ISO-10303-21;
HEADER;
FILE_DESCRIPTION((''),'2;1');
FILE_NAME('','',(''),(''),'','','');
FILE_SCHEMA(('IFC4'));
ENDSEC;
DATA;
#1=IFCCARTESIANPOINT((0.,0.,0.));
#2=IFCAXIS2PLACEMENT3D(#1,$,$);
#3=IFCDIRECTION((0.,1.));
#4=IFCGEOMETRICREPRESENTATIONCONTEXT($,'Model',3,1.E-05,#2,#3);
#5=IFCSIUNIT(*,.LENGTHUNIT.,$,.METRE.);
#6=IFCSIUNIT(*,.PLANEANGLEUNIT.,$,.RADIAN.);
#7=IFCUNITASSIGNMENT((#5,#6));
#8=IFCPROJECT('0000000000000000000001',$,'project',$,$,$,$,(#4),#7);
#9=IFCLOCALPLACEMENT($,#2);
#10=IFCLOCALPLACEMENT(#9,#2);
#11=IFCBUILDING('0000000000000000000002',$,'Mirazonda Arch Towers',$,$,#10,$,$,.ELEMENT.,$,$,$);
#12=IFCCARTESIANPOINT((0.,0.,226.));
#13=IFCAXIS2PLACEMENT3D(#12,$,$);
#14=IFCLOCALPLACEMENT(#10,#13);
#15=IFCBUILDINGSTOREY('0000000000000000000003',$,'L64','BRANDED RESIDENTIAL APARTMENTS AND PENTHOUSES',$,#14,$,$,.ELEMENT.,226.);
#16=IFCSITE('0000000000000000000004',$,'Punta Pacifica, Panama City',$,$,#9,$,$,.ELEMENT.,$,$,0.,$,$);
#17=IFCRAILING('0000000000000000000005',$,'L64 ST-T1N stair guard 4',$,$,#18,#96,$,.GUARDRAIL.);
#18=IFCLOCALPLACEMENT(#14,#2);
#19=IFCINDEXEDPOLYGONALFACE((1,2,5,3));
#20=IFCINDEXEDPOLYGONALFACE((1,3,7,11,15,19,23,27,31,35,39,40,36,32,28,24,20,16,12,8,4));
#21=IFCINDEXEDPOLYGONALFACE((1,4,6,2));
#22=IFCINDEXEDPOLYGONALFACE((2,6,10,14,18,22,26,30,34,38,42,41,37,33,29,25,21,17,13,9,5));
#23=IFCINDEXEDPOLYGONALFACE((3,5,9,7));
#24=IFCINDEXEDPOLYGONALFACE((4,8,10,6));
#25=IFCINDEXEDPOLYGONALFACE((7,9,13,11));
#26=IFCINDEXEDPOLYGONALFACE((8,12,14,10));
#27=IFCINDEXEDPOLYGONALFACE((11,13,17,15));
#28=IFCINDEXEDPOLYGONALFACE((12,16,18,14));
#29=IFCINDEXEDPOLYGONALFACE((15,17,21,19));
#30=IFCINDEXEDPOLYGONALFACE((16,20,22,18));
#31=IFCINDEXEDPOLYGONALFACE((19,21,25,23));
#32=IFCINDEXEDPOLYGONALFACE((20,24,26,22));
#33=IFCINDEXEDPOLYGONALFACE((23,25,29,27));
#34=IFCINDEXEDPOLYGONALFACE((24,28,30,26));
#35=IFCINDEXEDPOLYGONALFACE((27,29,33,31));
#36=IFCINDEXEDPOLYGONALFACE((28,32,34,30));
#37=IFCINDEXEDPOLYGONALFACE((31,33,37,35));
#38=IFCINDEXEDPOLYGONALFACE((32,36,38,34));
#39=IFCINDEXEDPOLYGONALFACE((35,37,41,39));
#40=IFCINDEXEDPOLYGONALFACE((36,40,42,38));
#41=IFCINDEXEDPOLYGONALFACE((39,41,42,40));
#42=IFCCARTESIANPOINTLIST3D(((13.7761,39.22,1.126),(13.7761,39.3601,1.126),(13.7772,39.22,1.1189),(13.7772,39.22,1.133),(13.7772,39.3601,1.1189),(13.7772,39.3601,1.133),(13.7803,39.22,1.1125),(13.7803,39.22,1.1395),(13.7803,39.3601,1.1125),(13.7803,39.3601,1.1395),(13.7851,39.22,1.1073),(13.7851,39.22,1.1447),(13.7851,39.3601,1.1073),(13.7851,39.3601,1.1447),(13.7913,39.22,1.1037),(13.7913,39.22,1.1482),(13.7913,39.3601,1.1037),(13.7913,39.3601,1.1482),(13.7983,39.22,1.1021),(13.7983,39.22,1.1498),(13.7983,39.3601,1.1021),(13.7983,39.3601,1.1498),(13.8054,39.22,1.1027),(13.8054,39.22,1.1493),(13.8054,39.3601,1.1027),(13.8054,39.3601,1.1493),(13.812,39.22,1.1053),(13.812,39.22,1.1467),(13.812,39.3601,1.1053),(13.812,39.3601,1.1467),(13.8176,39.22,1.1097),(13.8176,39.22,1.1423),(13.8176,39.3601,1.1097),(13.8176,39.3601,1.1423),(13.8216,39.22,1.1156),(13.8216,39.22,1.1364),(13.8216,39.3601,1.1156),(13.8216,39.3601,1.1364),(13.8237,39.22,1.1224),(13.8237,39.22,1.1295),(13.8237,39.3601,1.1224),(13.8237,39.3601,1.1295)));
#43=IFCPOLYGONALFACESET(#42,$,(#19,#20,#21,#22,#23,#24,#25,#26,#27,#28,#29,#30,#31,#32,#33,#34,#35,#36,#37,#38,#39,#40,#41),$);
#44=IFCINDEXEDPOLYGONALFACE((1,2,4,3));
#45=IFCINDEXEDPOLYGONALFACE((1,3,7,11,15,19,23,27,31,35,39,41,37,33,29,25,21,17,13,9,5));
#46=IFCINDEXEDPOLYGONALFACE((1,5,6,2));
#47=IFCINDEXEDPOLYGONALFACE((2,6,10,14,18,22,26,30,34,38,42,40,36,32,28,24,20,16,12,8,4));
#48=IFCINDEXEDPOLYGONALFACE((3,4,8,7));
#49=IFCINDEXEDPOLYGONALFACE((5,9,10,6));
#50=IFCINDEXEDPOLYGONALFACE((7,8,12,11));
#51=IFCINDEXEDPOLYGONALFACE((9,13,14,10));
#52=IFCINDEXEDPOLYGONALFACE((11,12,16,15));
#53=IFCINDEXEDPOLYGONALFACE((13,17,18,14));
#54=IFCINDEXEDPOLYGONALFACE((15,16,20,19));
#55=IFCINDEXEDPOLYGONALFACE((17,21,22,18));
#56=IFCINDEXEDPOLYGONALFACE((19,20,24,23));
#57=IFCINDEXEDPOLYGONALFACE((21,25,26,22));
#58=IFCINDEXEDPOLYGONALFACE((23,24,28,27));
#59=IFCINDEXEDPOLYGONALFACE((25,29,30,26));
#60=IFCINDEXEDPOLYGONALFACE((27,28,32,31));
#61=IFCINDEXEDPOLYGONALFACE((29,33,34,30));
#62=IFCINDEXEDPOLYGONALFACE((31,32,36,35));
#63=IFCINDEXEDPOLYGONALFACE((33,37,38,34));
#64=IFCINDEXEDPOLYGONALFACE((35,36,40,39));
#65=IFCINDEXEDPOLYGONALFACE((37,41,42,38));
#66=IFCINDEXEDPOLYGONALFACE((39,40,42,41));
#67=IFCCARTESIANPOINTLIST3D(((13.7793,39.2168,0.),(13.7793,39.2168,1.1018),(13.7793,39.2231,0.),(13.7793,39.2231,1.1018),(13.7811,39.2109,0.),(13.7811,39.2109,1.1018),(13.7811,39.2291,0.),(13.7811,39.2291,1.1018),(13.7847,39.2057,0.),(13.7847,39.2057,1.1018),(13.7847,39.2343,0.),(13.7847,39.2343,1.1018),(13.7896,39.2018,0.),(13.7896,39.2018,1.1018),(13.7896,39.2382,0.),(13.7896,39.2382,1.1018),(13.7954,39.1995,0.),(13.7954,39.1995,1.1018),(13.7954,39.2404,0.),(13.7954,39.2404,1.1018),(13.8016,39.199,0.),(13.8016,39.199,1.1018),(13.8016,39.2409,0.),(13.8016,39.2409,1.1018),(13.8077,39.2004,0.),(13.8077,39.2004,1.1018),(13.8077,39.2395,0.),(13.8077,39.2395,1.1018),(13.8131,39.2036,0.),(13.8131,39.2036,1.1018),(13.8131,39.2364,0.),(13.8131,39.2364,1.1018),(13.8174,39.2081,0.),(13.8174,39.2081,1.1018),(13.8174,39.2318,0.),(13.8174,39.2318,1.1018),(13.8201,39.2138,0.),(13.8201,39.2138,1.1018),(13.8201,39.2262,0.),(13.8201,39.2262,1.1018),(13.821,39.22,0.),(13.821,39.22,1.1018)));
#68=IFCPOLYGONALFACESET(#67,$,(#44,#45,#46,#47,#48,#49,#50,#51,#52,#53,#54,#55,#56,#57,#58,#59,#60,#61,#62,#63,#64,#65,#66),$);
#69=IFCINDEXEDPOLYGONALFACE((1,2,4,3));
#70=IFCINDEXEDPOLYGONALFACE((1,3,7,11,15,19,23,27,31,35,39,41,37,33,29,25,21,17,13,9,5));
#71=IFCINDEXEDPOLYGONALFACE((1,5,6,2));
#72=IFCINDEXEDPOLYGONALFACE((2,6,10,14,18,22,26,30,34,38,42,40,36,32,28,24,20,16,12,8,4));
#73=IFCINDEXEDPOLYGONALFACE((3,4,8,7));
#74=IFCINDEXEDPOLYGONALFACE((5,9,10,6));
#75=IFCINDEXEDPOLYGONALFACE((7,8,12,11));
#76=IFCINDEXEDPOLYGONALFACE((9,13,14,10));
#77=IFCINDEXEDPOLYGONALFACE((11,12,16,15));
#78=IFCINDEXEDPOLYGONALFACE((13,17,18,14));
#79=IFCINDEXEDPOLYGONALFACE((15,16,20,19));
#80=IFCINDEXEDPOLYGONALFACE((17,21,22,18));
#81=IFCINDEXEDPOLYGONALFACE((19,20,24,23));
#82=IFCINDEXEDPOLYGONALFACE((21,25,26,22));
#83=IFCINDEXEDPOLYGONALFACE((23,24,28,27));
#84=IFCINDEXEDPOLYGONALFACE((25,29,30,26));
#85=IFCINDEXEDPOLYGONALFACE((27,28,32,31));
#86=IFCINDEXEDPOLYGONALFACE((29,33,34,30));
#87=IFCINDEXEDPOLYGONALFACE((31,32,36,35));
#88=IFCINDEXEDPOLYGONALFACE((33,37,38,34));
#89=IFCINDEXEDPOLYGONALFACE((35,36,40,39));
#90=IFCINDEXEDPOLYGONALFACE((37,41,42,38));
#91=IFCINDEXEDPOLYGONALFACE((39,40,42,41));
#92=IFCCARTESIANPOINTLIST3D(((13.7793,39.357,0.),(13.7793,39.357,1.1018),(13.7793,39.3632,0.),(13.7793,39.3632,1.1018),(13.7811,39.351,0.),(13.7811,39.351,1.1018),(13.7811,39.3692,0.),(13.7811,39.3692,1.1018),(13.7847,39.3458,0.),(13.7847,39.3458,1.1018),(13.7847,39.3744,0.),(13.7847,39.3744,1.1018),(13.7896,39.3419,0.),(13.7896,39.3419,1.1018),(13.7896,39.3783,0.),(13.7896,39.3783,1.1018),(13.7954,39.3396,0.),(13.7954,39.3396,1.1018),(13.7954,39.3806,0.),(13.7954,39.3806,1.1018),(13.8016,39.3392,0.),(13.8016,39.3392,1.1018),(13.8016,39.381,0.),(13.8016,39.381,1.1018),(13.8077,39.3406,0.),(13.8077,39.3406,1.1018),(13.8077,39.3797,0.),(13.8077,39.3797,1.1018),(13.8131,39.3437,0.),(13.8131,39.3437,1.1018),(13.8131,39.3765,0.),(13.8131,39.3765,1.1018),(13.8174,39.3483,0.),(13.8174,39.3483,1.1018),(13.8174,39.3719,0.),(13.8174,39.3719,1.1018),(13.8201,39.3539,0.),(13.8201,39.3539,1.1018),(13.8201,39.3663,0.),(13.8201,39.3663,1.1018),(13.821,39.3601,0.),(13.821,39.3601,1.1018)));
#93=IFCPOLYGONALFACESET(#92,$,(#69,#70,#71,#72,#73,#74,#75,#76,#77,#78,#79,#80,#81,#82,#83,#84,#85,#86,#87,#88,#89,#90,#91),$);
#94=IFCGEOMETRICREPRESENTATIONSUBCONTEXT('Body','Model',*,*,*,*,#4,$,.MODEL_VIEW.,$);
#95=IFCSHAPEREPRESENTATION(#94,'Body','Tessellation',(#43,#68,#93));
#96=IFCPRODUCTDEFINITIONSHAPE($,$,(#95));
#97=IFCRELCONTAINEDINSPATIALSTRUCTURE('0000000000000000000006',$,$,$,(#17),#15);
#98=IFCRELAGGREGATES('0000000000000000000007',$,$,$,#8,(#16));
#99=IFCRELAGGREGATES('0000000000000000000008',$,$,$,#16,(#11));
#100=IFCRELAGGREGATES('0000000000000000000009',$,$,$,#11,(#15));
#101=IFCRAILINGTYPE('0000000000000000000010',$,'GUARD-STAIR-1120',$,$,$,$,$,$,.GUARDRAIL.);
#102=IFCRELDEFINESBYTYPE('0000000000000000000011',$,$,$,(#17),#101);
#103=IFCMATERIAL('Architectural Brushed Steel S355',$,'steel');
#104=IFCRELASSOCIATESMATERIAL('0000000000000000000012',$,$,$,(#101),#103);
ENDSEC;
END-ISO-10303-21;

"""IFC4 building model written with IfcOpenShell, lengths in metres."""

from ifc_helpers import new_model, si_unit, direction, frame, origin, origin_2d, place, context, subcontext, project, spatial, circle, extrude, material, type_object, element, save


model = new_model("IFC4")

# Units and contexts
model_context = context("Model", 3, precision=1e-05, world=origin(), true_north=direction((0.0, 1.0)))
body_context = subcontext(model_context, "Body", "Model", "MODEL_VIEW")
ifc_project = project(units=[si_unit("LENGTHUNIT", "METRE"), si_unit("PLANEANGLEUNIT", "RADIAN")], contexts=[model_context])

# Site, building, storey
site_placement = place(None, origin())
site = spatial("IfcSite", under=ifc_project, at=site_placement, Name="Punta Pacifica, Panama City", CompositionType="ELEMENT", RefElevation=0.0)
building_placement = place(site_placement, origin())
building = spatial("IfcBuilding", under=site, at=building_placement, Name="Mirazonda Arch Towers", CompositionType="ELEMENT")
storey_placement = place(building_placement, frame((0.0, 0.0, 226.0)))
storey = spatial("IfcBuildingStorey", under=building, at=storey_placement, Name="L64", Description="BRANDED RESIDENTIAL APARTMENTS AND PENTHOUSES", CompositionType="ELEMENT", Elevation=226.0)

# Shared definitions
ifc_material_1 = material(Name="Architectural Brushed Steel S355", Category="steel")

# Railing
railing_type_1 = type_object("IfcRailingType", Name="GUARD-STAIR-1120", PredefinedType="GUARDRAIL", material=ifc_material_1)
railing_1_placement = place(storey_placement, frame((13.8, 39.22, 0.0)))
element("IfcRailing", 1, at=railing_1_placement, inside=storey, type_object=railing_type_1, Name="L64 ST-T1N stair guard 4", PredefinedType="GUARDRAIL", context=body_context, shape_type="SweptSolid", body=[
    extrude(circle(Radius=0.0239, at=origin_2d()), frame((0.0, 0.0, 1.126), z_axis=(0.0, 1.0, 0.0), x_axis=(-1.0, 0.0, 0.0)), (0.0, 0.0, 1.0), 0.1401),
    extrude(circle(Radius=0.021, at=origin_2d()), origin(), (0.0, 0.0, 1.0), 1.1018),
    extrude(circle(Radius=0.021, at=origin_2d()), frame((0.0, 0.1401, 0.0)), (0.0, 0.0, 1.0), 1.1018),
])

save(model, "model.ifc")
